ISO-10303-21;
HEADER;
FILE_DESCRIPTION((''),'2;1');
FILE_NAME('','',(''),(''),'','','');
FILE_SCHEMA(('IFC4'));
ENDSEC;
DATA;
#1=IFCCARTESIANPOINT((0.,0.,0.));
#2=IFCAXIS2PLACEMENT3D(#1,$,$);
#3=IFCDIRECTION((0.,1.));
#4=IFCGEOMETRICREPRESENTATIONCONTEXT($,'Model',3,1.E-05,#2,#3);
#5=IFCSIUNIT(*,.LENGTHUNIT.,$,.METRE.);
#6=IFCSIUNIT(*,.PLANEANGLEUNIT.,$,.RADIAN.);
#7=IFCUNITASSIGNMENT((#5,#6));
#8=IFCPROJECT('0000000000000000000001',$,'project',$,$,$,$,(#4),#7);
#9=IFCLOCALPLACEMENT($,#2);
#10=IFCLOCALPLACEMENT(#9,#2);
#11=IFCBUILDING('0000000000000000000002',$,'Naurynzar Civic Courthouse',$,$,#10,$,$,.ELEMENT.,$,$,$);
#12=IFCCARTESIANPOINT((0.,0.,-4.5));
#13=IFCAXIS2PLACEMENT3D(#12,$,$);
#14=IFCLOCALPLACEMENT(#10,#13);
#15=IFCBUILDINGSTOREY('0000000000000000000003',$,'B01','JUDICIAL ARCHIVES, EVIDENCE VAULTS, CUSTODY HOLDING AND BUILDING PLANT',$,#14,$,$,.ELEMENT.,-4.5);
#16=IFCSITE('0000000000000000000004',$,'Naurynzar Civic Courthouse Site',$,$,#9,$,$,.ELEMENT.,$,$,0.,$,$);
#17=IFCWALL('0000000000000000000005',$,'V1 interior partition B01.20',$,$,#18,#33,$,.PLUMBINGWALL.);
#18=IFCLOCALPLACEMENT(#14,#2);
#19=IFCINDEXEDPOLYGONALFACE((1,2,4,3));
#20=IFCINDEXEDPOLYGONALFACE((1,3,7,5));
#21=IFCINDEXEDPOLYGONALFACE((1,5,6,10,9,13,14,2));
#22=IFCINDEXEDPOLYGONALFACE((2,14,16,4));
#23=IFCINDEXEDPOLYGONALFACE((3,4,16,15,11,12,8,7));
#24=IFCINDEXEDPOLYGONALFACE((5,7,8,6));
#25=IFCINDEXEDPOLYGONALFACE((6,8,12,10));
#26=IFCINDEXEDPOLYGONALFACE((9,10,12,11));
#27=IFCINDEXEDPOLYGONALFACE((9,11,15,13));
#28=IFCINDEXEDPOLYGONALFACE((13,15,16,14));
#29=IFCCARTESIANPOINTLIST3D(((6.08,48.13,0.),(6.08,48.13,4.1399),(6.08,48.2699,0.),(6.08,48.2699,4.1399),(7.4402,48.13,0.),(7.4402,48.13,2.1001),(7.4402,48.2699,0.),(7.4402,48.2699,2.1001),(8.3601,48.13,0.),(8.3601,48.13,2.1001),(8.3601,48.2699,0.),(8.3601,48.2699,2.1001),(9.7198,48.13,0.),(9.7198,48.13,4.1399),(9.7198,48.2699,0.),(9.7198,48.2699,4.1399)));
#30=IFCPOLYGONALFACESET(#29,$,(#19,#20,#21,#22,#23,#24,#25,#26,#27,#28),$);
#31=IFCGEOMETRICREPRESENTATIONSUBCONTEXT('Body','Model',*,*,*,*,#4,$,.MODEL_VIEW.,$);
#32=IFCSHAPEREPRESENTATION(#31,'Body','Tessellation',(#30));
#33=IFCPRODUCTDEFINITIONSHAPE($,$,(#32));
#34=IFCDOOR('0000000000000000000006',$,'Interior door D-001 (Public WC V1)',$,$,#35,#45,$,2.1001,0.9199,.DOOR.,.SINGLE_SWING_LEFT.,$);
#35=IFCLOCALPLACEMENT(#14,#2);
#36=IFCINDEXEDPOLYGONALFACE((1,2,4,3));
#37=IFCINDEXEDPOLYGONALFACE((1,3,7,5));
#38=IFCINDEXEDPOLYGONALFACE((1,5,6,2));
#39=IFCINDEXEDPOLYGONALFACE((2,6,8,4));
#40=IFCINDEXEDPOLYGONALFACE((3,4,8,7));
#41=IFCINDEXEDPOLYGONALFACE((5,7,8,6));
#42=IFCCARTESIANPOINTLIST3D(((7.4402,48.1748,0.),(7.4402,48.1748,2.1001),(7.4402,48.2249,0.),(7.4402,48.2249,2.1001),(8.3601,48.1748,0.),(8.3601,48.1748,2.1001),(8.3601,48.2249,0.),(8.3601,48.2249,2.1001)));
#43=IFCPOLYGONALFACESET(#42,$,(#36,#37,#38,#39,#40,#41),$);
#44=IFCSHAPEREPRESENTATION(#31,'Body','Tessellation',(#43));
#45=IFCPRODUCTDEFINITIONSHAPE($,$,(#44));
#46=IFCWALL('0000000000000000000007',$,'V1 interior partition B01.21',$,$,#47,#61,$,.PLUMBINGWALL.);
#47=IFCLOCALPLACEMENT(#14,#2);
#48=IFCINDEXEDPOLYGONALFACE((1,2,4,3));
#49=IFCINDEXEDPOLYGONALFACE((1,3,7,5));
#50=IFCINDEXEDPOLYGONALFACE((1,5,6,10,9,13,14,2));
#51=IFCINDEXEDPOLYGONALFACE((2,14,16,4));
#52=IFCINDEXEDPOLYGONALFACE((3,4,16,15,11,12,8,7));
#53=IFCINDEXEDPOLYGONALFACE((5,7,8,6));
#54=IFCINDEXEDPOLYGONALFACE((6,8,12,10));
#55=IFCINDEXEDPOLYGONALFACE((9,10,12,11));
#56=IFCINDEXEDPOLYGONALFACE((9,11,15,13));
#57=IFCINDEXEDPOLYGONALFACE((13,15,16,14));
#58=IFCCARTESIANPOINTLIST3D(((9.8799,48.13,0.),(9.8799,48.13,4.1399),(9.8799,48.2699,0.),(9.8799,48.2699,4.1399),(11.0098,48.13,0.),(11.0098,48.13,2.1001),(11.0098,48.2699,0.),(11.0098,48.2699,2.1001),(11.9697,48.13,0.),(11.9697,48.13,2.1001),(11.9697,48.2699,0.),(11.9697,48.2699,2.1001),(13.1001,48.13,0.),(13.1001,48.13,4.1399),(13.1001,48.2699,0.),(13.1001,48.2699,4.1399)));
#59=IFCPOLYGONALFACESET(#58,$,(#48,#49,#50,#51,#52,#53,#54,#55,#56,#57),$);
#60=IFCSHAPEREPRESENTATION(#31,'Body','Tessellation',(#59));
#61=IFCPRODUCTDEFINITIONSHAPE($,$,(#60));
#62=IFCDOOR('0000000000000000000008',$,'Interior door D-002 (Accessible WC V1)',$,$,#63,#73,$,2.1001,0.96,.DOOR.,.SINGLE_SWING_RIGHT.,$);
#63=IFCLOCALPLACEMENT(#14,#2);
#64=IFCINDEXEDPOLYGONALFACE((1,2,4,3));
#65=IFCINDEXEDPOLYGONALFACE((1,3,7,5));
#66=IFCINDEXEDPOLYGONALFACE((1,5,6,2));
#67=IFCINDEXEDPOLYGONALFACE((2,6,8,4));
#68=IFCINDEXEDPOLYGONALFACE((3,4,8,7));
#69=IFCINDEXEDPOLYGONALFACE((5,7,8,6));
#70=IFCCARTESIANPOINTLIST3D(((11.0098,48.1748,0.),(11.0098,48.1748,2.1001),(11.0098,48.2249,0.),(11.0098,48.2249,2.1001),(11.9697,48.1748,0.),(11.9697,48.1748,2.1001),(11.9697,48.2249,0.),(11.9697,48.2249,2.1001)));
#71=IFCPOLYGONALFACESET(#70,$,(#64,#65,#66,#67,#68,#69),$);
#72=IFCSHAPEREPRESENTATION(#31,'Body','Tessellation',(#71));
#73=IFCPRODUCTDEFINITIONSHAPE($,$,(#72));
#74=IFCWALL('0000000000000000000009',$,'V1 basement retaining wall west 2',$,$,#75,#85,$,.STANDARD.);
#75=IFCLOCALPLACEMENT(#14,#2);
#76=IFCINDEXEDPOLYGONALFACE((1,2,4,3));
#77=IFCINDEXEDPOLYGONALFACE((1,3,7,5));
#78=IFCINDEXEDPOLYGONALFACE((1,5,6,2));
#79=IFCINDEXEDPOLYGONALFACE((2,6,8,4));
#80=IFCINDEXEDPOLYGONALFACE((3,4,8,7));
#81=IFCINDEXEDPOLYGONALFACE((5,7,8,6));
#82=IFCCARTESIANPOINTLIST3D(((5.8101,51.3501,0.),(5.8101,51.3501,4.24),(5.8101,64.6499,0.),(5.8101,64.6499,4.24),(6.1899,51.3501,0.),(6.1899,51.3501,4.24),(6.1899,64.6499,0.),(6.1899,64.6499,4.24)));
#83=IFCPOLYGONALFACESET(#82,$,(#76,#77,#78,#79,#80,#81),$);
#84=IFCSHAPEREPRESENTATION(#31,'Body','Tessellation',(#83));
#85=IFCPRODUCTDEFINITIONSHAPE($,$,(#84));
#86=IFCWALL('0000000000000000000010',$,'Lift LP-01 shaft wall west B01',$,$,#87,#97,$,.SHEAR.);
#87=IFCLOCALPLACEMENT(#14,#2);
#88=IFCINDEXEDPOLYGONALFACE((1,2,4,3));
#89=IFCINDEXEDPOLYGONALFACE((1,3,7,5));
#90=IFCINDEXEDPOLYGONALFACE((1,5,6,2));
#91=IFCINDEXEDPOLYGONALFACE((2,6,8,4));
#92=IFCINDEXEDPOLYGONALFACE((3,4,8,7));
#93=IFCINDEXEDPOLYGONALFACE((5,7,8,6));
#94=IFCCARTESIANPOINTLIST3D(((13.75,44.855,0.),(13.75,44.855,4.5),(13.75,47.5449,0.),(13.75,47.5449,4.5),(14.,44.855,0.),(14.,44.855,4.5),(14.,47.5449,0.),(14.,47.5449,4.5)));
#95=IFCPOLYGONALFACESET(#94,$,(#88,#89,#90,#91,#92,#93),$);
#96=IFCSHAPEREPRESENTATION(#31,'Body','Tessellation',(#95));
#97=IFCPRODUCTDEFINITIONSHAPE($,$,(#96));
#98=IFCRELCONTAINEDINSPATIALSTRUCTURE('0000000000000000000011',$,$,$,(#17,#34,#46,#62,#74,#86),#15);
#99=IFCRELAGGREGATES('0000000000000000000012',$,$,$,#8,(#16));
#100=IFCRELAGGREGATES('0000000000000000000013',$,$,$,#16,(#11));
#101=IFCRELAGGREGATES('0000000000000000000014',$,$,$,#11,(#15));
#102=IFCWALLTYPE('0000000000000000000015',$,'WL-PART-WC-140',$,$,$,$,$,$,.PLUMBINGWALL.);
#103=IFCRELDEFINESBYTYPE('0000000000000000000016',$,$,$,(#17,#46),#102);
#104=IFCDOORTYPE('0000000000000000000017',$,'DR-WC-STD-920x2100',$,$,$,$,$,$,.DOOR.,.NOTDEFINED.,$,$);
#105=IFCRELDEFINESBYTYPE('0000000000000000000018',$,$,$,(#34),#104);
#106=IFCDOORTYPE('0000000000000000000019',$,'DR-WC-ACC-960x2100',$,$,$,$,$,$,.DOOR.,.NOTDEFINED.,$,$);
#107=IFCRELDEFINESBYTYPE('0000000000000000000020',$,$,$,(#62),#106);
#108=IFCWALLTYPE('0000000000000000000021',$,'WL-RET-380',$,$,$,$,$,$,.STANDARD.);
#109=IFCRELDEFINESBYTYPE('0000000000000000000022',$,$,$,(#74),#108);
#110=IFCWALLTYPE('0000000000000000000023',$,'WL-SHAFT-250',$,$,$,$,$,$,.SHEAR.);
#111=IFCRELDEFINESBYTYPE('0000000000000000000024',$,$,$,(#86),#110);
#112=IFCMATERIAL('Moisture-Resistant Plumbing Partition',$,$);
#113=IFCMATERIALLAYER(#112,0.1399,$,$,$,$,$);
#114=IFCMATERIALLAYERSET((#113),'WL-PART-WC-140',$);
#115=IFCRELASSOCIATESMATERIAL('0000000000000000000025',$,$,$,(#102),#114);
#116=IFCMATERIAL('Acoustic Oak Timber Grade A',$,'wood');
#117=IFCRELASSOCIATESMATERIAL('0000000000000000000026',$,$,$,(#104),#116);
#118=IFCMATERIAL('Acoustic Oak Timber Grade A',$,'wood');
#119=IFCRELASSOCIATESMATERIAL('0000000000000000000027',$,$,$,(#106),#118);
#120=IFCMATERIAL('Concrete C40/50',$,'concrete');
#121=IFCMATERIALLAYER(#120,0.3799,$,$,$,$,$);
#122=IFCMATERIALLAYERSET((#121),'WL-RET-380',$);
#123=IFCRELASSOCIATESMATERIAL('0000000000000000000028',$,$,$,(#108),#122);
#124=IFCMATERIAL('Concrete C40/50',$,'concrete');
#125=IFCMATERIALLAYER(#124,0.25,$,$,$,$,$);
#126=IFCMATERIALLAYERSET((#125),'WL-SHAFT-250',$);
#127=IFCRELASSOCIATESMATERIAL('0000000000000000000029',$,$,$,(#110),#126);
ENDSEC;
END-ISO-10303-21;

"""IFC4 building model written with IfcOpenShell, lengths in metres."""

from ifc_helpers import new_model, si_unit, direction, frame, frame_2d, origin, place, context, subcontext, project, spatial, rectangle, extrude, material, layer, layer_set, type_object, element, fill, save


model = new_model("IFC4")

# Units and contexts
model_context = context("Model", 3, precision=1e-05, world=origin(), true_north=direction((0.0, 1.0)))
body_context = subcontext(model_context, "Body", "Model", "MODEL_VIEW")
ifc_project = project(units=[si_unit("LENGTHUNIT", "METRE"), si_unit("PLANEANGLEUNIT", "RADIAN")], contexts=[model_context])

# Site, building, storey
site_placement = place(None, origin())
site = spatial("IfcSite", under=ifc_project, at=site_placement, Name="Naurynzar Civic Courthouse Site", CompositionType="ELEMENT", RefElevation=0.0)
building_placement = place(site_placement, origin())
building = spatial("IfcBuilding", under=site, at=building_placement, Name="Naurynzar Civic Courthouse", CompositionType="ELEMENT")
storey_placement = place(building_placement, frame((0.0, 0.0, -4.5)))
storey = spatial("IfcBuildingStorey", under=building, at=storey_placement, Name="B01", Description="JUDICIAL ARCHIVES, EVIDENCE VAULTS, CUSTODY HOLDING AND BUILDING PLANT", CompositionType="ELEMENT", Elevation=-4.5)

# Walls, openings, doors
ifc_material_1 = material(Name="Moisture-Resistant Plumbing Partition")
ifc_layer_1 = layer(ifc_material_1, 0.1399)
ifc_layer_set_1 = layer_set([ifc_layer_1], Name="WL-PART-WC-140")
wall_type_1 = type_object("IfcWallType", Name="WL-PART-WC-140", PredefinedType="PLUMBINGWALL", material=ifc_layer_set_1)
wall_1_placement = place(storey_placement, frame((6.0801, 48.2, 0.0), z_axis=(0.0, 0.0, 1.0), x_axis=(1.0, 0.0, 0.0)))
wall_1 = element("IfcWall", 1, at=wall_1_placement, inside=storey, type_object=wall_type_1, Name="V1 interior partition B01.20", PredefinedType="PLUMBINGWALL", context=body_context, shape_type="SweptSolid", body=[
    extrude(rectangle(XDim=3.6399, YDim=0.1399, at=frame_2d((1.8198, 0.0))), origin(), (0.0, 0.0, 1.0), 4.1399),
])
opening_1_placement = place(wall_1_placement, frame((1.3601, 0.0, 0.0)))
opening_1 = element("IfcOpeningElement", 2, at=opening_1_placement, cuts=wall_1, PredefinedType="OPENING", context=body_context, shape_type="SweptSolid", body=[
    extrude(rectangle(XDim=0.9199, YDim=2.1001, at=frame_2d((0.46, 1.05))), frame((0.0, 0.0798, 0.0), z_axis=(0.0, -1.0, 0.0), x_axis=(1.0, 0.0, 0.0)), (0.0, 0.0, 1.0), 0.1599),
])
ifc_material_2 = material(Name="Acoustic Oak Timber Grade A", Category="wood")
door_type_1 = type_object("IfcDoorType", Name="DR-WC-STD-920x2100", OperationType="NOTDEFINED", PredefinedType="DOOR", material=ifc_material_2)
door_1_placement = place(opening_1_placement, origin())
door_1 = element("IfcDoor", 3, at=door_1_placement, inside=storey, type_object=door_type_1, Name="Interior door D-001 (Public WC V1)", OperationType="SINGLE_SWING_LEFT", OverallHeight=2.1001, OverallWidth=0.9199, PredefinedType="DOOR", context=body_context, shape_type="SweptSolid", body=[
    extrude(rectangle(XDim=0.9199, YDim=2.1001, at=frame_2d((0.46, 1.05))), frame((0.0, 0.0249, 0.0), z_axis=(0.0, -1.0, 0.0), x_axis=(1.0, 0.0, 0.0)), (0.0, 0.0, 1.0), 0.05),
])
fill(opening_1, door_1)
wall_2_placement = place(storey_placement, frame((9.8799, 48.2, 0.0), z_axis=(0.0, 0.0, 1.0), x_axis=(1.0, 0.0, 0.0)))
wall_2 = element("IfcWall", 4, at=wall_2_placement, inside=storey, type_object=wall_type_1, Name="V1 interior partition B01.21", PredefinedType="PLUMBINGWALL", context=body_context, shape_type="SweptSolid", body=[
    extrude(rectangle(XDim=3.2202, YDim=0.1399, at=frame_2d((1.6101, 0.0))), origin(), (0.0, 0.0, 1.0), 4.1399),
])
opening_2_placement = place(wall_2_placement, frame((1.1299, 0.0, 0.0)))
opening_2 = element("IfcOpeningElement", 5, at=opening_2_placement, cuts=wall_2, PredefinedType="OPENING", context=body_context, shape_type="SweptSolid", body=[
    extrude(rectangle(XDim=0.96, YDim=2.1001, at=frame_2d((0.48, 1.05))), frame((0.0, 0.0798, 0.0), z_axis=(0.0, -1.0, 0.0), x_axis=(1.0, 0.0, 0.0)), (0.0, 0.0, 1.0), 0.1599),
])
ifc_material_3 = material(Name="Acoustic Oak Timber Grade A", Category="wood")
door_type_2 = type_object("IfcDoorType", Name="DR-WC-ACC-960x2100", OperationType="NOTDEFINED", PredefinedType="DOOR", material=ifc_material_3)
door_2_placement = place(opening_2_placement, origin())
door_2 = element("IfcDoor", 6, at=door_2_placement, inside=storey, type_object=door_type_2, Name="Interior door D-002 (Accessible WC V1)", OperationType="SINGLE_SWING_RIGHT", OverallHeight=2.1001, OverallWidth=0.96, PredefinedType="DOOR", context=body_context, shape_type="SweptSolid", body=[
    extrude(rectangle(XDim=0.96, YDim=2.1001, at=frame_2d((0.48, 1.05))), frame((0.0, 0.0249, 0.0), z_axis=(0.0, -1.0, 0.0), x_axis=(1.0, 0.0, 0.0)), (0.0, 0.0, 1.0), 0.05),
])
fill(opening_2, door_2)

# Walls
ifc_material_4 = material(Name="Concrete C40/50", Category="concrete")
ifc_layer_2 = layer(ifc_material_4, 0.3799)
ifc_layer_set_2 = layer_set([ifc_layer_2], Name="WL-RET-380")
wall_type_2 = type_object("IfcWallType", Name="WL-RET-380", PredefinedType="STANDARD", material=ifc_layer_set_2)
wall_3_placement = place(storey_placement, frame((6.0, 51.3501, 0.0), z_axis=(0.0, 0.0, 1.0), x_axis=(0.0, 1.0, 0.0)))
element("IfcWall", 7, at=wall_3_placement, inside=storey, type_object=wall_type_2, Name="V1 basement retaining wall west 2", PredefinedType="STANDARD", context=body_context, shape_type="SweptSolid", body=[
    extrude(rectangle(XDim=13.2998, YDim=0.3799, at=frame_2d((6.6499, 0.0))), origin(), (0.0, 0.0, 1.0), 4.24),
])
ifc_material_5 = material(Name="Concrete C40/50", Category="concrete")
ifc_layer_3 = layer(ifc_material_5, 0.25)
ifc_layer_set_3 = layer_set([ifc_layer_3], Name="WL-SHAFT-250")
wall_type_3 = type_object("IfcWallType", Name="WL-SHAFT-250", PredefinedType="SHEAR", material=ifc_layer_set_3)
wall_4_placement = place(storey_placement, frame((13.875, 47.5449, 0.0), z_axis=(0.0, 0.0, 1.0), x_axis=(0.0, -1.0, 0.0)))
element("IfcWall", 8, at=wall_4_placement, inside=storey, type_object=wall_type_3, Name="Lift LP-01 shaft wall west B01", PredefinedType="SHEAR", context=body_context, shape_type="SweptSolid", body=[
    extrude(rectangle(XDim=2.6899, YDim=0.25, at=frame_2d((1.345, 0.0))), origin(), (0.0, 0.0, 1.0), 4.5),
])

save(model, "model.ifc")
